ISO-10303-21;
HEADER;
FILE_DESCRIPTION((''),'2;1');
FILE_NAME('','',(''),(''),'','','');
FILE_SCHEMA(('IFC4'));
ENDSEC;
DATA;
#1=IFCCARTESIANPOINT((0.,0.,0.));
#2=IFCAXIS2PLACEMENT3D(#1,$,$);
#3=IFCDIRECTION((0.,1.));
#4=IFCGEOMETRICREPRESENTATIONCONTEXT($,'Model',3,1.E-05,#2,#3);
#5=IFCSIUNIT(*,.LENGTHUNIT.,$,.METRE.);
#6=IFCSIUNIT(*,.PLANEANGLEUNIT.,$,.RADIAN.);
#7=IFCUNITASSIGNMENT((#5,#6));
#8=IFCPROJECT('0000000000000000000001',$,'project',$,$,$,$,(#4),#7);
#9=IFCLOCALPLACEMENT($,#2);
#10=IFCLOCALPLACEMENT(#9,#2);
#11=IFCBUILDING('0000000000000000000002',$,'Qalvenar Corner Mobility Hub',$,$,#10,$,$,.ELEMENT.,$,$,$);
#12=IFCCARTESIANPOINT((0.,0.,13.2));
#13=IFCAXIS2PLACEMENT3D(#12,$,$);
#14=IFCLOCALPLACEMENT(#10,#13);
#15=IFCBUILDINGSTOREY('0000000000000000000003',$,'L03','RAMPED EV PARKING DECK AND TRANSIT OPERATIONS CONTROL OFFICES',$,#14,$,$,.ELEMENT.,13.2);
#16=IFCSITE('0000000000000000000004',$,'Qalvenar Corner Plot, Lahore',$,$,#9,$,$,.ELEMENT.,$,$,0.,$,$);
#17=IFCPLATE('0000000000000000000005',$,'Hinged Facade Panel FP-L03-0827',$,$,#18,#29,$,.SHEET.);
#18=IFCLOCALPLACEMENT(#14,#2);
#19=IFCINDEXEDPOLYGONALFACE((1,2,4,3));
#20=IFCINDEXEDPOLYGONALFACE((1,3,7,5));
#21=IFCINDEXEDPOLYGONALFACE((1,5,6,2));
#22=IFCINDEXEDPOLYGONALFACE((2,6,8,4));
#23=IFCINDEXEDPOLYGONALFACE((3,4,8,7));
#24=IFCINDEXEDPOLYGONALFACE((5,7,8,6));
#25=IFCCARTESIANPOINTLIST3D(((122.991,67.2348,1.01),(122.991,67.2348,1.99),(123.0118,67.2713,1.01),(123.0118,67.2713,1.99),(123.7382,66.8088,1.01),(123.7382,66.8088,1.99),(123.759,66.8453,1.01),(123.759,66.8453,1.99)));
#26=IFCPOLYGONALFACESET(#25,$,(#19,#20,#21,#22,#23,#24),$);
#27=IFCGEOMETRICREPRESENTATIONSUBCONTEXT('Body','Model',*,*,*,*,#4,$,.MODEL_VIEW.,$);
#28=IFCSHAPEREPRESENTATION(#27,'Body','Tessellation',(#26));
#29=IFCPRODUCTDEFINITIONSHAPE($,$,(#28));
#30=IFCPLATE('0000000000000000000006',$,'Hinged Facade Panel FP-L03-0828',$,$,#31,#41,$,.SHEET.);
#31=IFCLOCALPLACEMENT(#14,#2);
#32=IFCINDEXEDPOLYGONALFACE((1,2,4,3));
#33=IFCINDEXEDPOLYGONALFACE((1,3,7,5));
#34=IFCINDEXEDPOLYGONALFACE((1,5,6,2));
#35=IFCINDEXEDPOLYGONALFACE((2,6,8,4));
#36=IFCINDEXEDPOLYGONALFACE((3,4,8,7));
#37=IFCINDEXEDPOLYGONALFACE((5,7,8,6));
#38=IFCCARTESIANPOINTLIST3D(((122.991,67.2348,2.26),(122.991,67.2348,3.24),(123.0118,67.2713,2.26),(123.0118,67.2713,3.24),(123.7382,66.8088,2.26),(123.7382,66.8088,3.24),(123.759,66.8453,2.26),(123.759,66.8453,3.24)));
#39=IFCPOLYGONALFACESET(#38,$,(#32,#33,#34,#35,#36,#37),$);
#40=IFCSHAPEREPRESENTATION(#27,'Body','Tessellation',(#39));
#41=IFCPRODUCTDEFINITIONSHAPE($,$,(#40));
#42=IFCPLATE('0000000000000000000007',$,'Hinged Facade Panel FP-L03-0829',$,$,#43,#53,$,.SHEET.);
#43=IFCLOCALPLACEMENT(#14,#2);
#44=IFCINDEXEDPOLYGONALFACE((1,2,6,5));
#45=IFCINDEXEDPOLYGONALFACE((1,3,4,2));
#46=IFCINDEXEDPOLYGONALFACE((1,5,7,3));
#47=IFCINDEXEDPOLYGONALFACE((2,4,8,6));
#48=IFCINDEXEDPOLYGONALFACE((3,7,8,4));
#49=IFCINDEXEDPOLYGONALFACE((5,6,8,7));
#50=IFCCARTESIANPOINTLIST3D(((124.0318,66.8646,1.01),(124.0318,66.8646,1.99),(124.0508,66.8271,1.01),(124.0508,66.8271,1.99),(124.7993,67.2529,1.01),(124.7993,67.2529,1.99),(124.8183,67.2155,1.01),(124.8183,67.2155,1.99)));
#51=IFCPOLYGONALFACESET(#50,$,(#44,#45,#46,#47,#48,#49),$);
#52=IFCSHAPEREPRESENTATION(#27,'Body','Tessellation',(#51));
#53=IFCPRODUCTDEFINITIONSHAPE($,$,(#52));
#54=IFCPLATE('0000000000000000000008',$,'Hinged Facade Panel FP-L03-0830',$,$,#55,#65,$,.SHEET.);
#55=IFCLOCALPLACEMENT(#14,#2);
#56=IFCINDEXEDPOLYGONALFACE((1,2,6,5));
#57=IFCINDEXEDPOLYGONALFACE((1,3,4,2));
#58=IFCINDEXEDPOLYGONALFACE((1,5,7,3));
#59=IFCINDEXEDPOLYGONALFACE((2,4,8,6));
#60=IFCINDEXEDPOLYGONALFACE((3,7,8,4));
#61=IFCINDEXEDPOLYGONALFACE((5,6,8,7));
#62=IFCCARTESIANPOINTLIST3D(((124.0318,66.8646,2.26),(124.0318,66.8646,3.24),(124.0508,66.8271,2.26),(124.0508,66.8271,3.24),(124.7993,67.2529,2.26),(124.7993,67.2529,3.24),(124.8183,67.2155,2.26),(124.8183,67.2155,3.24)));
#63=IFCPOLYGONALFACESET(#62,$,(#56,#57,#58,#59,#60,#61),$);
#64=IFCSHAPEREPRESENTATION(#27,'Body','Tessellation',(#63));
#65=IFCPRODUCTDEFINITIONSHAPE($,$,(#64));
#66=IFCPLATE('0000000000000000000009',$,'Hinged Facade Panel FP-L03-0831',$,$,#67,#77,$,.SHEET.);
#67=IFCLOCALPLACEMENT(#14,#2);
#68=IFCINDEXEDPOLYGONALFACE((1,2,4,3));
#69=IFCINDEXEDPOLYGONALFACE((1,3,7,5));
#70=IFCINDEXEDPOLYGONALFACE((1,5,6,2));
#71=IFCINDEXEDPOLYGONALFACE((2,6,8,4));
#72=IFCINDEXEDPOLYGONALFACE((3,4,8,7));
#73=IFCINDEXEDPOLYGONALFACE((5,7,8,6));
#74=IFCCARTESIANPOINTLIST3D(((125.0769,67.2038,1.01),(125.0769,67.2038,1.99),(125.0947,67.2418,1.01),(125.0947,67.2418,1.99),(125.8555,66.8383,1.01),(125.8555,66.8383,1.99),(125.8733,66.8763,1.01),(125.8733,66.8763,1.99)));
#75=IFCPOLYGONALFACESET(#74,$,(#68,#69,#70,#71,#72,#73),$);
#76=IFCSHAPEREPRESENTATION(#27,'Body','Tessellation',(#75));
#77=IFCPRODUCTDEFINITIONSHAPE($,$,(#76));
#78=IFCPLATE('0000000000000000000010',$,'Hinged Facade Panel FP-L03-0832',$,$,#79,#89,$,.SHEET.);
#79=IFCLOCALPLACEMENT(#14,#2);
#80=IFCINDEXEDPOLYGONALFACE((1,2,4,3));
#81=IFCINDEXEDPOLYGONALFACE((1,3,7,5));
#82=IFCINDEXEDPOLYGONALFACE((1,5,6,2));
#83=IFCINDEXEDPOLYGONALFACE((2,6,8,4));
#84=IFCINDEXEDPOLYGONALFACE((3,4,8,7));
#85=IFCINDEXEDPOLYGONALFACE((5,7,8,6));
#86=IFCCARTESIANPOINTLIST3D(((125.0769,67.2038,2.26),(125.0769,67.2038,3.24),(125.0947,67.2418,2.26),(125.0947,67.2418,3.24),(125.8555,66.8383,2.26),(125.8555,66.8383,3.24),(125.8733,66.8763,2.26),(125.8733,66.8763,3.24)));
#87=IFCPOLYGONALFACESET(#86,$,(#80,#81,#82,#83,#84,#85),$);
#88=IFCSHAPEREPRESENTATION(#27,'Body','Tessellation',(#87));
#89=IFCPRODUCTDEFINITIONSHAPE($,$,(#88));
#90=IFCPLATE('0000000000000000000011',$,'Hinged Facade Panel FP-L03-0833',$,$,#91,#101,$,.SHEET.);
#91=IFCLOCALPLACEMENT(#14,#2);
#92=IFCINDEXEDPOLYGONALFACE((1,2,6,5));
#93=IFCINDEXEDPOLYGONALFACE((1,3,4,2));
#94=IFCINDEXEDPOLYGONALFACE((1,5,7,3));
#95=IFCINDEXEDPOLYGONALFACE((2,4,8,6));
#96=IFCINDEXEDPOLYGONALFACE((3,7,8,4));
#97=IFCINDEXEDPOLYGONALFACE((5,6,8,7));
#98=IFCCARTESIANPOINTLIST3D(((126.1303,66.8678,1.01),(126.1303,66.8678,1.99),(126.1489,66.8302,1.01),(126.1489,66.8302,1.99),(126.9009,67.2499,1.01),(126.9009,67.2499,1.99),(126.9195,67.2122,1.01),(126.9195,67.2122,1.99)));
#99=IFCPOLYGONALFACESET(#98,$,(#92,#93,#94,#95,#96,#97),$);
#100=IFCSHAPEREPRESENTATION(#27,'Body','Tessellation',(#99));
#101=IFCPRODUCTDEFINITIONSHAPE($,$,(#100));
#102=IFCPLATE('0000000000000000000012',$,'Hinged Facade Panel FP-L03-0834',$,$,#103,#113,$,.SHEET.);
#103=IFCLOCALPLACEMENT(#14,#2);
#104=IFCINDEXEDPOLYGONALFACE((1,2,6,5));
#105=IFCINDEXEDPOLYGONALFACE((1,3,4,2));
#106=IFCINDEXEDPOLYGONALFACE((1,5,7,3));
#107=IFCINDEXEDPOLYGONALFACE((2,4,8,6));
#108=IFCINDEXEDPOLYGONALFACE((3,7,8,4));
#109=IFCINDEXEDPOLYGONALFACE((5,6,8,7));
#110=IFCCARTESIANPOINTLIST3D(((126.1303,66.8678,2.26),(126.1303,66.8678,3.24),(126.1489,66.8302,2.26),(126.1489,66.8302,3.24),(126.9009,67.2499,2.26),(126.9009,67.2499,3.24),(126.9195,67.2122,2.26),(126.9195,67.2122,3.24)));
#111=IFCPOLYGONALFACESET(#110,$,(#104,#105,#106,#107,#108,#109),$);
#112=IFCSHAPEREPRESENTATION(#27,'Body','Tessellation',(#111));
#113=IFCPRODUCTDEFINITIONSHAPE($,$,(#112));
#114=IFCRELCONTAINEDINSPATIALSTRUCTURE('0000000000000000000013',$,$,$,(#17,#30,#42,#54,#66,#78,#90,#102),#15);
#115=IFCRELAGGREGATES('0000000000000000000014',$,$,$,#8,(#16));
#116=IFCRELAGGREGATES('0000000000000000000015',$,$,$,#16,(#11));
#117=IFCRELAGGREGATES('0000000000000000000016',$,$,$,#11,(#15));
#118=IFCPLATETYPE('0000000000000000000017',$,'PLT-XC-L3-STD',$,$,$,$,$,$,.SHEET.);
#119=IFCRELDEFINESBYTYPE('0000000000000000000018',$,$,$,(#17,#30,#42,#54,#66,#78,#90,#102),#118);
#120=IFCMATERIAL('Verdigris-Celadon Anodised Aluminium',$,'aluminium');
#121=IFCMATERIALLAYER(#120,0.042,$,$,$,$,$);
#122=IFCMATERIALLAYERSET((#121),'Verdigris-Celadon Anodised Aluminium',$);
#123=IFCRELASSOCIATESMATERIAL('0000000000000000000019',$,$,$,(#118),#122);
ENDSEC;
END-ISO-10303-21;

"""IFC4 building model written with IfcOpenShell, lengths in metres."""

from ifc_helpers import new_model, si_unit, direction, frame, origin, origin_2d, place, context, subcontext, project, spatial, rectangle, extrude, material, layer, layer_set, type_object, element, save


model = new_model("IFC4")

# Units and contexts
model_context = context("Model", 3, precision=1e-05, world=origin(), true_north=direction((0.0, 1.0)))
body_context = subcontext(model_context, "Body", "Model", "MODEL_VIEW")
ifc_project = project(units=[si_unit("LENGTHUNIT", "METRE"), si_unit("PLANEANGLEUNIT", "RADIAN")], contexts=[model_context])

# Site, building, storey
site_placement = place(None, origin())
site = spatial("IfcSite", under=ifc_project, at=site_placement, Name="Qalvenar Corner Plot, Lahore", CompositionType="ELEMENT", RefElevation=0.0)
building_placement = place(site_placement, origin())
building = spatial("IfcBuilding", under=site, at=building_placement, Name="Qalvenar Corner Mobility Hub", CompositionType="ELEMENT")
storey_placement = place(building_placement, frame((0.0, 0.0, 13.2)))
storey = spatial("IfcBuildingStorey", under=building, at=storey_placement, Name="L03", Description="RAMPED EV PARKING DECK AND TRANSIT OPERATIONS CONTROL OFFICES", CompositionType="ELEMENT", Elevation=13.2)

# Plates
ifc_material = material(Name="Verdigris-Celadon Anodised Aluminium", Category="aluminium")
ifc_layer = layer(ifc_material, 0.042)
ifc_layer_set = layer_set([ifc_layer], Name="Verdigris-Celadon Anodised Aluminium")
plate_type = type_object("IfcPlateType", Name="PLT-XC-L3-STD", PredefinedType="SHEET", material=ifc_layer_set)
for number, where, z_axis, x_axis, name in (
    (1, (123.375, 67.04, 1.01), (0.0, 0.0, 1.0), (0.868718, -0.495307, 0.0), "Hinged Facade Panel FP-L03-0827"),
    (2, (123.375, 67.04, 2.26), (0.0, 0.0, 1.0), (0.868718, -0.495307, 0.0), "Hinged Facade Panel FP-L03-0828"),
    (3, (124.425, 67.04, 1.01), (0.0, 0.0, 1.0), (0.892271, 0.451501, 0.0), "Hinged Facade Panel FP-L03-0829"),
    (4, (124.425, 67.04, 2.26), (0.0, 0.0, 1.0), (0.892271, 0.451501, 0.0), "Hinged Facade Panel FP-L03-0830"),
    (5, (125.4751, 67.04, 1.01), (0.0, 0.0, 1.0), (0.905198, -0.42499, 0.0), "Hinged Facade Panel FP-L03-0831"),
    (6, (125.4751, 67.04, 2.26), (0.0, 0.0, 1.0), (0.905198, -0.42499, 0.0), "Hinged Facade Panel FP-L03-0832"),
    (7, (126.5249, 67.04, 1.01), (0.0, 0.0, 1.0), (0.895944, 0.444166, 0.0), "Hinged Facade Panel FP-L03-0833"),
    (8, (126.5249, 67.04, 2.26), (0.0, 0.0, 1.0), (0.895944, 0.444166, 0.0), "Hinged Facade Panel FP-L03-0834"),
):
    element("IfcPlate", number, at=place(storey_placement, frame(where, z_axis=z_axis, x_axis=x_axis)), inside=storey, type_object=plate_type, Name=name, PredefinedType="SHEET", context=body_context, shape_type="SweptSolid", body=[
        extrude(rectangle(XDim=0.8601, YDim=0.042, at=origin_2d()), origin(), (0.0, 0.0, 1.0), 0.98),
    ])

save(model, "model.ifc")
